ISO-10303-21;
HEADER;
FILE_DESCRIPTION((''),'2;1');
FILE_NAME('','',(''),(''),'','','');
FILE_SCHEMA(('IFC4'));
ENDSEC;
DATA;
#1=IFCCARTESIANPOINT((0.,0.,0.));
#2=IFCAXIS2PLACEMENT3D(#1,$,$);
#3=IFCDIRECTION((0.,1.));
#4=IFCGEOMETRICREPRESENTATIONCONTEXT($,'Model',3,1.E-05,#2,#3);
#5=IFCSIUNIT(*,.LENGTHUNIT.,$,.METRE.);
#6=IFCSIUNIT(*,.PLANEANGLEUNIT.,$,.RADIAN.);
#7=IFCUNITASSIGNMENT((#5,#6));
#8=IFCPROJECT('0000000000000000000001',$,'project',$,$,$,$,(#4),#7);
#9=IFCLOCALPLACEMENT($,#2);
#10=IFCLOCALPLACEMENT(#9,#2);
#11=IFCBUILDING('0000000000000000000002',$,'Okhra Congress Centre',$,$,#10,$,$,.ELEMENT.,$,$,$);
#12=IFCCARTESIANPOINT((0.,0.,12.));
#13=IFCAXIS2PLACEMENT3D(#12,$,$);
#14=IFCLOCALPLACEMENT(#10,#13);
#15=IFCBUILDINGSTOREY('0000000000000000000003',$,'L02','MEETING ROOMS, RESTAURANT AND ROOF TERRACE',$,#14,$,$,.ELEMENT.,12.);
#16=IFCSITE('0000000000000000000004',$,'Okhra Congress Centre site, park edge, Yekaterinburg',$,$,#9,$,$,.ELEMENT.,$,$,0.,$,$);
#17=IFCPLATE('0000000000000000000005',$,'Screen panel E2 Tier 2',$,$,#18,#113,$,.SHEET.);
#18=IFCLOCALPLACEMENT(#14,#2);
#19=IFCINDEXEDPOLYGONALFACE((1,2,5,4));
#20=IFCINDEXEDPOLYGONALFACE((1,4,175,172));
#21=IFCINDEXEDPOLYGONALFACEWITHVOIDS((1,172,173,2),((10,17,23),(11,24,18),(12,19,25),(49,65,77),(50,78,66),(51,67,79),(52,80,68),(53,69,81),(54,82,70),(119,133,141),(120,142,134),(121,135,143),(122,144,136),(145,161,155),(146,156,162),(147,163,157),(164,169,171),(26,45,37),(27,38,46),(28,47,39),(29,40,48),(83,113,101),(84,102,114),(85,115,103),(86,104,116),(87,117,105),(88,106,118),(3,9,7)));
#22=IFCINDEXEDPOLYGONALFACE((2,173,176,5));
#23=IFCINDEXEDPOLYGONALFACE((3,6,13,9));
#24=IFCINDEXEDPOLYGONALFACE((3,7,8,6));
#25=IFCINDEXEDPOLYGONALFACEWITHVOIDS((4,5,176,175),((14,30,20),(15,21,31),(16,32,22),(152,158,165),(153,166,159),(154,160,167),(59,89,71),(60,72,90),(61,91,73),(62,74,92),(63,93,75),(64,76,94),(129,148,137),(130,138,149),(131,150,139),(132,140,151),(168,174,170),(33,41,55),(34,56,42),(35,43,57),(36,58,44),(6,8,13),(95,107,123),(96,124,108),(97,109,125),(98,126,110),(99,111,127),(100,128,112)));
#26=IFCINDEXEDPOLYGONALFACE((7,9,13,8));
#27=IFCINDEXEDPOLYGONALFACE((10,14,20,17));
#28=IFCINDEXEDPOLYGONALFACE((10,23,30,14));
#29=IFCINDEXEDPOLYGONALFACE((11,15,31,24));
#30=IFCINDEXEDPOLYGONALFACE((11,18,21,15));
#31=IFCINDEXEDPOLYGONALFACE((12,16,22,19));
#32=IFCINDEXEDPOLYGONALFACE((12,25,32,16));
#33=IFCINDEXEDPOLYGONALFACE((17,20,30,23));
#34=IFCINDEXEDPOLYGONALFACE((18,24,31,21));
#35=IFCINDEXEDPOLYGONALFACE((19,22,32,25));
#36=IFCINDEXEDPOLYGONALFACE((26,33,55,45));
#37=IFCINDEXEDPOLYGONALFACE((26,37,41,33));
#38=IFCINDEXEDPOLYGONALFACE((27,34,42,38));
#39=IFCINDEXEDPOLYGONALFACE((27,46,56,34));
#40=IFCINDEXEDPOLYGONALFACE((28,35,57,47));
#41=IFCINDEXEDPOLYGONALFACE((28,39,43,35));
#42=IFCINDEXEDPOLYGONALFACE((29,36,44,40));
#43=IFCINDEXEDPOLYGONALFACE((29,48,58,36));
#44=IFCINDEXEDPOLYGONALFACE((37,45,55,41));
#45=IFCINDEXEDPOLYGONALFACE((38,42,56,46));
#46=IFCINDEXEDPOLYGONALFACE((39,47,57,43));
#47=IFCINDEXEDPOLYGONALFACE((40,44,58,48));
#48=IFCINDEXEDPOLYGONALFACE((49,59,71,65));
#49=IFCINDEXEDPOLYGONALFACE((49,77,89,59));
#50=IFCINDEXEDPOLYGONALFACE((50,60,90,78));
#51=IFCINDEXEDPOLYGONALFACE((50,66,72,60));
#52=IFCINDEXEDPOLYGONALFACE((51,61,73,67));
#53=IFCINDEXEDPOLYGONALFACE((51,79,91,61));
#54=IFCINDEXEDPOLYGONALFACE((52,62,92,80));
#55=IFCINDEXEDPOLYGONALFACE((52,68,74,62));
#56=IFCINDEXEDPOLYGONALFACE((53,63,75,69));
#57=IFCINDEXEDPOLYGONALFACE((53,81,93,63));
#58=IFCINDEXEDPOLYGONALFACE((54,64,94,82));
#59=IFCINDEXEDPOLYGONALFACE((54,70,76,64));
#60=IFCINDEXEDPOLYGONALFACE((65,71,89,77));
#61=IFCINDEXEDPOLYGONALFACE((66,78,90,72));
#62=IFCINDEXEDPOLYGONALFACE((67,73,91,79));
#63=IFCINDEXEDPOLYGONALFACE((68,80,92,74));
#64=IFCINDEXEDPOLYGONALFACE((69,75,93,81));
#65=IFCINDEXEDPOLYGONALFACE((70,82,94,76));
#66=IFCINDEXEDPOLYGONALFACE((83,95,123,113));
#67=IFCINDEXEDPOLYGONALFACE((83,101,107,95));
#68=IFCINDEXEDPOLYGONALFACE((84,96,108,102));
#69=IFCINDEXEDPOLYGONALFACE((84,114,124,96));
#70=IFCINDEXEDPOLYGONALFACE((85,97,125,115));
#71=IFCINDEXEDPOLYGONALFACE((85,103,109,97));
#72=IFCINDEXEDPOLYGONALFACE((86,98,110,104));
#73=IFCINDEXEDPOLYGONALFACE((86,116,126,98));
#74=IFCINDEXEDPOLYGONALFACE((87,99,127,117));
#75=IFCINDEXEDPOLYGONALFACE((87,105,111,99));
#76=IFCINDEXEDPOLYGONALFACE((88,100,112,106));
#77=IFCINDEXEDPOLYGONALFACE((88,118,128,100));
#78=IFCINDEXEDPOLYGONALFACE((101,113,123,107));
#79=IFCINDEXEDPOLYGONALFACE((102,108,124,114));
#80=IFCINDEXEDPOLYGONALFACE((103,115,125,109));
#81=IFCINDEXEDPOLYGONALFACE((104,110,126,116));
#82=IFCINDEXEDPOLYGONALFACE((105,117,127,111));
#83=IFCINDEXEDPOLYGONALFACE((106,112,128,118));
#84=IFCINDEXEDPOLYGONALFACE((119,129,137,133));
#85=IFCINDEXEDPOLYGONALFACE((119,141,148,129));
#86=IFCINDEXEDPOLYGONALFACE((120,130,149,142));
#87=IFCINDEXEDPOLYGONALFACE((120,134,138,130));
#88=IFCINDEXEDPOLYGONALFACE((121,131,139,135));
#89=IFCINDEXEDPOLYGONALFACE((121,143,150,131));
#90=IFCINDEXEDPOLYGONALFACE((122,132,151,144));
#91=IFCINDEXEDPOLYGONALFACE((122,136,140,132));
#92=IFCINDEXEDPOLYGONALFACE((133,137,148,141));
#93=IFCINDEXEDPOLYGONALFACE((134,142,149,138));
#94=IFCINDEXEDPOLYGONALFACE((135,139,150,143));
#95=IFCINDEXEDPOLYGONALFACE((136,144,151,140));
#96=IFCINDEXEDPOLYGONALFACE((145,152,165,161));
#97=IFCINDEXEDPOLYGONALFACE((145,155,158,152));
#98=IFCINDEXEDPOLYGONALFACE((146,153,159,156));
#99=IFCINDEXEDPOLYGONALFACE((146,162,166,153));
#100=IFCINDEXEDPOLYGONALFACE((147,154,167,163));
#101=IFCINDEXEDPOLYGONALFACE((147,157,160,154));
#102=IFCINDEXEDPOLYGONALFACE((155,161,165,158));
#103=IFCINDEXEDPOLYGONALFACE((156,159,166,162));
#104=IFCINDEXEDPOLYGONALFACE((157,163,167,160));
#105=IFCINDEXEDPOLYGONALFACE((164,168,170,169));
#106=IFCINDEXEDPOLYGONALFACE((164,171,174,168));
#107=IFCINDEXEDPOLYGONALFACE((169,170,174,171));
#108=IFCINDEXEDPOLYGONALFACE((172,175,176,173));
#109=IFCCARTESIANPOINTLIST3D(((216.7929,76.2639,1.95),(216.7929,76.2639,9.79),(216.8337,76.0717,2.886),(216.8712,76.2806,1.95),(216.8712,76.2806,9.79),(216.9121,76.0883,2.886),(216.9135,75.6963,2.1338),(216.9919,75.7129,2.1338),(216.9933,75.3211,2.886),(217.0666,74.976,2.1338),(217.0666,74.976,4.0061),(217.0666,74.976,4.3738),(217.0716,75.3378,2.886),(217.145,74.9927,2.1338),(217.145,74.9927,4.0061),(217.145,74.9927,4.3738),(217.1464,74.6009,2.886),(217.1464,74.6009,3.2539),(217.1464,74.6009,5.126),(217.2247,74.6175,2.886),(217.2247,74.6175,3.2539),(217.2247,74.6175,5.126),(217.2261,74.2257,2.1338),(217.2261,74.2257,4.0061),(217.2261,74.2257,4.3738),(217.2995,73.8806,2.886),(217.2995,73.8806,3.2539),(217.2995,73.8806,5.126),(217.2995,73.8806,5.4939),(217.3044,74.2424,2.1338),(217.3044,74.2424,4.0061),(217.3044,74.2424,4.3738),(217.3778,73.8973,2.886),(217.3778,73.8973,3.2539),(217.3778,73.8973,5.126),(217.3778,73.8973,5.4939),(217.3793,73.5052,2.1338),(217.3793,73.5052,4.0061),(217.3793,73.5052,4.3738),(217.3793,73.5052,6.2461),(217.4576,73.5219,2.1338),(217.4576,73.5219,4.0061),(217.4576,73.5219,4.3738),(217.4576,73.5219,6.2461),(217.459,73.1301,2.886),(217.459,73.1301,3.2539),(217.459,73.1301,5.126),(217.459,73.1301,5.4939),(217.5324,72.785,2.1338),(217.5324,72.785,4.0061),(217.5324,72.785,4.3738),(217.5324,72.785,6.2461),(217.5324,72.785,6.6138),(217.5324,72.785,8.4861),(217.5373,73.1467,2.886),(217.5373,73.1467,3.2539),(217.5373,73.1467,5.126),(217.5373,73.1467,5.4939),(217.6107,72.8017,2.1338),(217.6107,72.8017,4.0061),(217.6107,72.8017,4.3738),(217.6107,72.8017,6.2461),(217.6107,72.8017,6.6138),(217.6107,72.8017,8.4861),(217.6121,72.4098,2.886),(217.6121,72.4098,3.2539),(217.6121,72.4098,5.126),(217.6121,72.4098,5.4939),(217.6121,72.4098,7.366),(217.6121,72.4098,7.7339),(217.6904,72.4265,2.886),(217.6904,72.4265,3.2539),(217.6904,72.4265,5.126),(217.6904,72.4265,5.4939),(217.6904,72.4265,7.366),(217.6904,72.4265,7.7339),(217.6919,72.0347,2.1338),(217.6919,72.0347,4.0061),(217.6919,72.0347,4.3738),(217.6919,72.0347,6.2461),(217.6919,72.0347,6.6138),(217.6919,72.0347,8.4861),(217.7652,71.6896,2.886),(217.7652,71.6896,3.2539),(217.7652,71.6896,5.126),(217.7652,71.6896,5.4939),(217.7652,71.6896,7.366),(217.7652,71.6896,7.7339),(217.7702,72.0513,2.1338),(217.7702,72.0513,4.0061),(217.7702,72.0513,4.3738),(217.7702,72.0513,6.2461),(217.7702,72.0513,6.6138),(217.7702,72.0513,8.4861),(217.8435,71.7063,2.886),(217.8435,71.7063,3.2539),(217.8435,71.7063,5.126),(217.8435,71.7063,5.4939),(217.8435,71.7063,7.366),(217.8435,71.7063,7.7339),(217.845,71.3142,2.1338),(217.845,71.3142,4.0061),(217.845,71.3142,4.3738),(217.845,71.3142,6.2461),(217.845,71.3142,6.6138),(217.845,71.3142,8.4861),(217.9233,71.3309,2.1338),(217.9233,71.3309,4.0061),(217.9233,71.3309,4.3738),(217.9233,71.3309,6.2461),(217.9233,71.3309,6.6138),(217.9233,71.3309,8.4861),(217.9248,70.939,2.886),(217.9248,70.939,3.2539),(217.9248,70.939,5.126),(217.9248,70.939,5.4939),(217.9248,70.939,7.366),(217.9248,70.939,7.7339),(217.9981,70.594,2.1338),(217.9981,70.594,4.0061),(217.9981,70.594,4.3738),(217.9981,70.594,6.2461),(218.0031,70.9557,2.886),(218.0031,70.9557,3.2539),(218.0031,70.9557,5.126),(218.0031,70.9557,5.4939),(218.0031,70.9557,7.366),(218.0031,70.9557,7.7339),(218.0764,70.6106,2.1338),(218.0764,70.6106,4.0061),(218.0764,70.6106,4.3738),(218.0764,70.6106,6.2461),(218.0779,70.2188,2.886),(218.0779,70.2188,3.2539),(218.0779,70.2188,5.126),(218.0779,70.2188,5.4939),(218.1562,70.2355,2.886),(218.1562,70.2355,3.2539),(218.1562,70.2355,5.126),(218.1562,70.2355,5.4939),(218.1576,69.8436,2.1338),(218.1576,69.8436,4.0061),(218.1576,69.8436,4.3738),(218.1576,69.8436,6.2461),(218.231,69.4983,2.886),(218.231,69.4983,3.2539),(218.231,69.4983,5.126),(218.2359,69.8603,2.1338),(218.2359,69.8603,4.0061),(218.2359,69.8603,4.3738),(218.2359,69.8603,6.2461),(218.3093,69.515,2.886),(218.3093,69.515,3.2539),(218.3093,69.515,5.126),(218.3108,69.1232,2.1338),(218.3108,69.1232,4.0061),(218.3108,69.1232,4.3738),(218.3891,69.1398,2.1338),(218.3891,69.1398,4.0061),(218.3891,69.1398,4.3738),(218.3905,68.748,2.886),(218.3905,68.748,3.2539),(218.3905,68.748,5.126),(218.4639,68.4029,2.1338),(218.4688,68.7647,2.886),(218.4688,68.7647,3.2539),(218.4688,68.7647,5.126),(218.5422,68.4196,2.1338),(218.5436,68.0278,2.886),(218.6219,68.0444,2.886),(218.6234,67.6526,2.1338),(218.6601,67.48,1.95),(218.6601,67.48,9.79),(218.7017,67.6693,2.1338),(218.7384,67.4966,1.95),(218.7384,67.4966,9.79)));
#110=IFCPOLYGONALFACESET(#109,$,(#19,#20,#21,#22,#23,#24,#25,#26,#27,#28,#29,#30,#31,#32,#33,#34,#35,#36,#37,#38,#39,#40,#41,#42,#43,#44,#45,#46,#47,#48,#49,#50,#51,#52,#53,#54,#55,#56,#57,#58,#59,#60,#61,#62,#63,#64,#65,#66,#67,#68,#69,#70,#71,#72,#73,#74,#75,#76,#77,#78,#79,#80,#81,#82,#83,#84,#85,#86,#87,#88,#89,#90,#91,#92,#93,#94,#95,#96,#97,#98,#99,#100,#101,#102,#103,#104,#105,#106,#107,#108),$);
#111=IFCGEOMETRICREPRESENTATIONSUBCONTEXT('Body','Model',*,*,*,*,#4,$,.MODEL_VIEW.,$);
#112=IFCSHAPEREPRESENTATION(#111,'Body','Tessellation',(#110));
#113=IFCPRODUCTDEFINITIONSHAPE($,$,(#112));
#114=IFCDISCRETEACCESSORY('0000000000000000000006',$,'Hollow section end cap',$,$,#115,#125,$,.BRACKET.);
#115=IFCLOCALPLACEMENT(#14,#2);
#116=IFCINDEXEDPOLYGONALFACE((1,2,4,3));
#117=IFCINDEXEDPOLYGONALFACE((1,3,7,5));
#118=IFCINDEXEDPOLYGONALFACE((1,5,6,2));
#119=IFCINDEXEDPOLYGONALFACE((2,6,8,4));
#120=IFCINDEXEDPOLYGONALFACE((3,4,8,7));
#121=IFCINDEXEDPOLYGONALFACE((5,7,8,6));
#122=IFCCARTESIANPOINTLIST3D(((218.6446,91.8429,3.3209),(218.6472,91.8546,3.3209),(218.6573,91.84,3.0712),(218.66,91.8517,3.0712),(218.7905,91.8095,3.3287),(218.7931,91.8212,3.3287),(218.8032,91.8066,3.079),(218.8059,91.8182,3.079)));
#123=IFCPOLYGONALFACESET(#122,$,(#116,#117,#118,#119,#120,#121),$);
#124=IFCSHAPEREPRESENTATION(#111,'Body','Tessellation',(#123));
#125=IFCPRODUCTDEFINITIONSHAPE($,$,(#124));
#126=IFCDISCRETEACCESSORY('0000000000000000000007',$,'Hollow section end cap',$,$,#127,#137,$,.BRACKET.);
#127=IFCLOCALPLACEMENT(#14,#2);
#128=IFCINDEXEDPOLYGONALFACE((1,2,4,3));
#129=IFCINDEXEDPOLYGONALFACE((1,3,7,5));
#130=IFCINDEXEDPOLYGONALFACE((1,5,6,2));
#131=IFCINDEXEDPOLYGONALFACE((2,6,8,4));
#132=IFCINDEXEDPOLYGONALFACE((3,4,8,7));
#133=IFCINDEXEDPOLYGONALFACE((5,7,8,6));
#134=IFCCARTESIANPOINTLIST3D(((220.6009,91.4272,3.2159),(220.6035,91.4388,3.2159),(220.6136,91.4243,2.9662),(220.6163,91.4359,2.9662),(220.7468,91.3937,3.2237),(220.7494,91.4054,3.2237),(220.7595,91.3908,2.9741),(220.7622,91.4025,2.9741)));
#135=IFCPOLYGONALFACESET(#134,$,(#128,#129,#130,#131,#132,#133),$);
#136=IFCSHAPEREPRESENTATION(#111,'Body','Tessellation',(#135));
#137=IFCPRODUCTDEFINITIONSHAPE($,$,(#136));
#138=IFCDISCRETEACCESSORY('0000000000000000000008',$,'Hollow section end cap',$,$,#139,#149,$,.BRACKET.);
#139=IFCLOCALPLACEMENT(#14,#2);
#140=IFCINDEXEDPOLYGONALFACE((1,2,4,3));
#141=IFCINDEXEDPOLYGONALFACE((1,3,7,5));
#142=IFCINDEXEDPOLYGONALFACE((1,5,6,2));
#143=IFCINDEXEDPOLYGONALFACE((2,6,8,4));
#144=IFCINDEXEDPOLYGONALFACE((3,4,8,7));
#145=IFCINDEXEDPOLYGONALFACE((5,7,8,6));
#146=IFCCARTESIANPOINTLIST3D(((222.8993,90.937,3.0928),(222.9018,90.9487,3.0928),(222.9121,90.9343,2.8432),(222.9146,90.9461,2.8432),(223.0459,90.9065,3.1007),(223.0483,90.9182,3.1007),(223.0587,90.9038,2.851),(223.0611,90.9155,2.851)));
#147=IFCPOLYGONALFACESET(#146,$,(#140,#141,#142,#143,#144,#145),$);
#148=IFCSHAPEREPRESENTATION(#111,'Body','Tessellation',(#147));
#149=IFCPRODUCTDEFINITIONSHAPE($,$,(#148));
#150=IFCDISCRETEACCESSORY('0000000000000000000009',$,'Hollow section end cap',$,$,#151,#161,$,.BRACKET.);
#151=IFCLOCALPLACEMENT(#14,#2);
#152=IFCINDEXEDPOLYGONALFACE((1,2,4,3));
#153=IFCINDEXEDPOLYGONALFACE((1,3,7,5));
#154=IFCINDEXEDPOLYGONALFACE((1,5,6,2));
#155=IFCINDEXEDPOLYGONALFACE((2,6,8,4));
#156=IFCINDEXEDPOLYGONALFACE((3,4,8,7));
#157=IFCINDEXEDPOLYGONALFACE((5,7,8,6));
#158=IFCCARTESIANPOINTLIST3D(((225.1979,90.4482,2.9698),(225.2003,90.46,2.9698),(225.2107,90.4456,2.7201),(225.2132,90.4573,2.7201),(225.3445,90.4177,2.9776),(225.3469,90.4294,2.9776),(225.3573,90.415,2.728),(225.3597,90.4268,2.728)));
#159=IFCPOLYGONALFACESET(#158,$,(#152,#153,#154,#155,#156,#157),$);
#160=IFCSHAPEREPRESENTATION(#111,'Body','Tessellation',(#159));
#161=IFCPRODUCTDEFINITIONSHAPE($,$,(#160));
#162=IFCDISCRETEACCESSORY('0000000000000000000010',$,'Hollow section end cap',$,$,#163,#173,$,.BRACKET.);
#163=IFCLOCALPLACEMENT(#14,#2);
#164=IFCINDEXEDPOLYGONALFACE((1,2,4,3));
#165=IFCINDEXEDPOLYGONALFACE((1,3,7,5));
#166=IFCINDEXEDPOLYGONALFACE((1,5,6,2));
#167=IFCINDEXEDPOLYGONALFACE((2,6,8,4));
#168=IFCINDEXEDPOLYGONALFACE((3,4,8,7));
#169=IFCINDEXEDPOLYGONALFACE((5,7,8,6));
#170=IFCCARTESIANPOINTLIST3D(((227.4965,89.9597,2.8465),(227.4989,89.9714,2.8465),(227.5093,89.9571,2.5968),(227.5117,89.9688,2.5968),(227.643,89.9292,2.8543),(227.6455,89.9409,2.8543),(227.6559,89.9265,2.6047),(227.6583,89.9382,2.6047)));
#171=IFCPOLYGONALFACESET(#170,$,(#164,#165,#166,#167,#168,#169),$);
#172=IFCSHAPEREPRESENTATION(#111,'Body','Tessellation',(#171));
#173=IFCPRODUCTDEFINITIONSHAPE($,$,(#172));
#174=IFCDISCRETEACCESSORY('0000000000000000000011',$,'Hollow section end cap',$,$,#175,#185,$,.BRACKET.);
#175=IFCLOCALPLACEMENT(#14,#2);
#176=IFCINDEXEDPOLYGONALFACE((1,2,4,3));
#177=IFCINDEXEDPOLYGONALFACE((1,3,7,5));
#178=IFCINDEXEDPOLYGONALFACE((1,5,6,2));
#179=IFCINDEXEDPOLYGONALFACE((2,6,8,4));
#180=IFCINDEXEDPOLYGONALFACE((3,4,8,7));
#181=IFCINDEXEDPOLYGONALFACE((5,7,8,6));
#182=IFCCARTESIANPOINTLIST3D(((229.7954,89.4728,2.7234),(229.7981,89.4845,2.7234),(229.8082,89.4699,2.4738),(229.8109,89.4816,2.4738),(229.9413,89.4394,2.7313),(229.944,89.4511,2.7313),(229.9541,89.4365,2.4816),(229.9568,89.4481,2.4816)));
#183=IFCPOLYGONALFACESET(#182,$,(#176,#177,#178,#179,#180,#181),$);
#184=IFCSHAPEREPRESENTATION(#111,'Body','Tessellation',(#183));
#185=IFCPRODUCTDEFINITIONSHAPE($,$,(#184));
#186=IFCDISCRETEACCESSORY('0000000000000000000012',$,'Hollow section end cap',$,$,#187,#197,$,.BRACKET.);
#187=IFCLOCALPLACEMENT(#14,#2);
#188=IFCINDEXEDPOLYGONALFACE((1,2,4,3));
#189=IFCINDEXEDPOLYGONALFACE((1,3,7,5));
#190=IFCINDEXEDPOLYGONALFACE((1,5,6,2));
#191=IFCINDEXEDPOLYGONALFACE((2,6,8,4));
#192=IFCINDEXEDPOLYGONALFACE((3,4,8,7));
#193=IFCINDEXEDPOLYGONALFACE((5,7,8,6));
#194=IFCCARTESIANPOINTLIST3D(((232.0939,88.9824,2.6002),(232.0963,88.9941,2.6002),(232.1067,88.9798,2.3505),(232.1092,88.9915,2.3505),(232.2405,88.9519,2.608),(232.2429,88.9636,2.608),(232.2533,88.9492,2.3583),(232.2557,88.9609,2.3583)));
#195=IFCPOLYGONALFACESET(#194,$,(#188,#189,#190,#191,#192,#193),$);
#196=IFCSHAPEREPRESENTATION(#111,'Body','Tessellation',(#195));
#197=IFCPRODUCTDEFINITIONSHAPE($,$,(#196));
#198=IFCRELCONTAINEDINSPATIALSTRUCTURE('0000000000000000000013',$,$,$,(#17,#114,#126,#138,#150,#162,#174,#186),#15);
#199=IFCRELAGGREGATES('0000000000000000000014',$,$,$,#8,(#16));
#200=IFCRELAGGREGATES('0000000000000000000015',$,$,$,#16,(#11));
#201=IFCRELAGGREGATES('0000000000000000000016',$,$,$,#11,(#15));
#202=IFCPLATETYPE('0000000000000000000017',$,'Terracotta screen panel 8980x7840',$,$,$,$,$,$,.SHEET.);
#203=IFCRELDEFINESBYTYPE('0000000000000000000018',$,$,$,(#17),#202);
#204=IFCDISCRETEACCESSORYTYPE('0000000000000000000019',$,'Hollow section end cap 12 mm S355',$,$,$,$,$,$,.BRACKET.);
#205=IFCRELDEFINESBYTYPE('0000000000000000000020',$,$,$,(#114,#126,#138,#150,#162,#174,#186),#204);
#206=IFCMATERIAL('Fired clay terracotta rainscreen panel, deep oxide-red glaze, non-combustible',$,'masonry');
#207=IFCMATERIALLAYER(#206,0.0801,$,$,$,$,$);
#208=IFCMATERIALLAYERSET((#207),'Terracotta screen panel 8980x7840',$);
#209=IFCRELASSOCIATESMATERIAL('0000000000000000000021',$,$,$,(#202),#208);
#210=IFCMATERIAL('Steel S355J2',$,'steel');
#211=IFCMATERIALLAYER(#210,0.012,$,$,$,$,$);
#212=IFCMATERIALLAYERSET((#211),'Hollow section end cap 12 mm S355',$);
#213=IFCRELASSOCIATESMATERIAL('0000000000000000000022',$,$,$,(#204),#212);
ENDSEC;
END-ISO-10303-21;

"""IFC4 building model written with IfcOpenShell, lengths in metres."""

from ifc_helpers import new_model, si_unit, direction, frame, origin, origin_2d, place, context, subcontext, project, spatial, polyline, rectangle, outline, extrude, material, layer, layer_set, type_object, element, save


model = new_model("IFC4")

# Units and contexts
model_context = context("Model", 3, precision=1e-05, world=origin(), true_north=direction((0.0, 1.0)))
body_context = subcontext(model_context, "Body", "Model", "MODEL_VIEW")
ifc_project = project(units=[si_unit("LENGTHUNIT", "METRE"), si_unit("PLANEANGLEUNIT", "RADIAN")], contexts=[model_context])

# Site, building, storey
site_placement = place(None, origin())
site = spatial("IfcSite", under=ifc_project, at=site_placement, Name="Okhra Congress Centre site, park edge, Yekaterinburg", CompositionType="ELEMENT", RefElevation=0.0)
building_placement = place(site_placement, origin())
building = spatial("IfcBuilding", under=site, at=building_placement, Name="Okhra Congress Centre", CompositionType="ELEMENT")
storey_placement = place(building_placement, frame((0.0, 0.0, 12.0)))
storey = spatial("IfcBuildingStorey", under=building, at=storey_placement, Name="L02", Description="MEETING ROOMS, RESTAURANT AND ROOF TERRACE", CompositionType="ELEMENT", Elevation=12.0)

# Shared definitions
ifc_material_1 = material(Name="Steel S355J2", Category="steel")

# Plate
ifc_material_2 = material(Name="Fired clay terracotta rainscreen panel, deep oxide-red glaze, non-combustible", Category="masonry")
ifc_layer_1 = layer(ifc_material_2, 0.0801)
ifc_layer_set_1 = layer_set([ifc_layer_1], Name="Terracotta screen panel 8980x7840")
plate_type_1 = type_object("IfcPlateType", Name="Terracotta screen panel 8980x7840", PredefinedType="SHEET", material=ifc_layer_set_1)
plate_1_placement = place(storey_placement, frame((218.6992, 67.4883, 1.95), z_axis=(0.0, 0.0, 1.0), x_axis=(-0.207923, 0.978145, 0.0)))
element("IfcPlate", 1, at=plate_1_placement, inside=storey, type_object=plate_type_1, Name="Screen panel E2 Tier 2", PredefinedType="SHEET", context=body_context, shape_type="SweptSolid", body=[
    extrude(outline(polyline([(0.0, 0.0), (8.9802, 0.0), (8.9802, 7.8401), (0.0, 7.8401), (0.0, 0.0)]), holes=[polyline([(0.1765, 0.1838), (0.9436, 0.1838), (0.5601, 0.936), (0.1765, 0.1838)]), polyline([(1.2964, 0.936), (1.6799, 0.1838), (2.0635, 0.936), (1.2964, 0.936)]), polyline([(2.4165, 0.1838), (3.1836, 0.1838), (2.8, 0.936), (2.4165, 0.1838)]), polyline([(3.5364, 0.936), (3.9199, 0.1838), (4.3037, 0.936), (3.5364, 0.936)]), polyline([(4.6565, 0.1838), (5.4236, 0.1838), (5.04, 0.936), (4.6565, 0.1838)]), polyline([(5.7764, 0.936), (6.1599, 0.1838), (6.5437, 0.936), (5.7764, 0.936)]), polyline([(6.8965, 0.1838), (7.6636, 0.1838), (7.28, 0.936), (6.8965, 0.1838)]), polyline([(8.0164, 0.936), (8.3999, 0.1838), (8.7837, 0.936), (8.0164, 0.936)]), polyline([(1.2964, 1.304), (2.0635, 1.304), (1.6799, 2.0562), (1.2964, 1.304)]), polyline([(2.4165, 2.0562), (2.8, 1.304), (3.1836, 2.0562), (2.4165, 2.0562)]), polyline([(3.5364, 1.304), (4.3037, 1.304), (3.9199, 2.0562), (3.5364, 1.304)]), polyline([(4.6565, 2.0562), (5.04, 1.304), (5.4236, 2.0562), (4.6565, 2.0562)]), polyline([(5.7764, 1.304), (6.5437, 1.304), (6.1599, 2.0562), (5.7764, 1.304)]), polyline([(6.8965, 2.0562), (7.28, 1.304), (7.6636, 2.0562), (6.8965, 2.0562)]), polyline([(1.2964, 3.176), (1.6799, 2.4238), (2.0635, 3.176), (1.2964, 3.176)]), polyline([(2.4165, 2.4238), (3.1836, 2.4238), (2.8, 3.176), (2.4165, 2.4238)]), polyline([(3.5364, 3.176), (3.9199, 2.4238), (4.3037, 3.176), (3.5364, 3.176)]), polyline([(4.6565, 2.4238), (5.4236, 2.4238), (5.04, 3.176), (4.6565, 2.4238)]), polyline([(5.7764, 3.176), (6.1599, 2.4238), (6.5437, 3.176), (5.7764, 3.176)]), polyline([(6.8965, 2.4238), (7.6636, 2.4238), (7.28, 3.176), (6.8965, 2.4238)]), polyline([(2.4165, 4.2961), (2.8, 3.5439), (3.1836, 4.2961), (2.4165, 4.2961)]), polyline([(3.5364, 3.5439), (4.3037, 3.5439), (3.9199, 4.2961), (3.5364, 3.5439)]), polyline([(4.6565, 4.2961), (5.04, 3.5439), (5.4236, 4.2961), (4.6565, 4.2961)]), polyline([(5.7764, 3.5439), (6.5437, 3.5439), (6.1599, 4.2961), (5.7764, 3.5439)]), polyline([(3.5364, 5.416), (3.9199, 4.6638), (4.3037, 5.416), (3.5364, 5.416)]), polyline([(4.6565, 4.6638), (5.4236, 4.6638), (5.04, 5.416), (4.6565, 4.6638)]), polyline([(3.5364, 5.7839), (4.3037, 5.7839), (3.9199, 6.5361), (3.5364, 5.7839)]), polyline([(4.6565, 6.5361), (5.04, 5.7839), (5.4236, 6.5361), (4.6565, 6.5361)])]), frame((0.0, 0.04, 0.0), z_axis=(0.0, -1.0, 0.0), x_axis=(1.0, 0.0, 0.0)), (0.0, 0.0, 1.0), 0.0801),
])

# Discrete accessories
ifc_layer_2 = layer(ifc_material_1, 0.012)
ifc_layer_set_2 = layer_set([ifc_layer_2], Name="Hollow section end cap 12 mm S355")
discrete_accessory_type = type_object("IfcDiscreteAccessoryType", Name="Hollow section end cap 12 mm S355", PredefinedType="BRACKET", material=ifc_layer_set_2)
for number, where, z_axis, x_axis, name in (
    (2, (218.7266, 91.8364, 3.2), (-0.223376, -0.974732, 0.0), (0.973396, -0.22307, 0.052336), "Hollow section end cap"),
    (3, (220.6829, 91.4207, 3.095), (-0.223376, -0.974732, 0.0), (0.973396, -0.22307, 0.052336), "Hollow section end cap"),
    (4, (222.9814, 90.9321, 2.9719), (-0.203954, -0.97898, 0.0), (0.977639, -0.203675, 0.052336), "Hollow section end cap"),
    (5, (225.28, 90.4434, 2.8489), (-0.203954, -0.97898, 0.0), (0.977639, -0.203675, 0.052336), "Hollow section end cap"),
    (6, (227.5786, 89.9548, 2.7256), (-0.203954, -0.97898, 0.0), (0.977639, -0.203675, 0.052336), "Hollow section end cap"),
    (7, (229.8774, 89.4663, 2.6025), (-0.223376, -0.974732, 0.0), (0.973396, -0.22307, 0.052336), "Hollow section end cap"),
    (8, (232.176, 88.9775, 2.4792), (-0.203954, -0.97898, 0.0), (0.977639, -0.203675, 0.052336), "Hollow section end cap"),
):
    element("IfcDiscreteAccessory", number, at=place(storey_placement, frame(where, z_axis=z_axis, x_axis=x_axis)), inside=storey, type_object=discrete_accessory_type, Name=name, PredefinedType="BRACKET", context=body_context, shape_type="SweptSolid", body=[
        extrude(rectangle(XDim=0.1499, YDim=0.25, at=origin_2d()), origin(), (0.0, 0.0, 1.0), 0.012),
    ])

save(model, "model.ifc")
